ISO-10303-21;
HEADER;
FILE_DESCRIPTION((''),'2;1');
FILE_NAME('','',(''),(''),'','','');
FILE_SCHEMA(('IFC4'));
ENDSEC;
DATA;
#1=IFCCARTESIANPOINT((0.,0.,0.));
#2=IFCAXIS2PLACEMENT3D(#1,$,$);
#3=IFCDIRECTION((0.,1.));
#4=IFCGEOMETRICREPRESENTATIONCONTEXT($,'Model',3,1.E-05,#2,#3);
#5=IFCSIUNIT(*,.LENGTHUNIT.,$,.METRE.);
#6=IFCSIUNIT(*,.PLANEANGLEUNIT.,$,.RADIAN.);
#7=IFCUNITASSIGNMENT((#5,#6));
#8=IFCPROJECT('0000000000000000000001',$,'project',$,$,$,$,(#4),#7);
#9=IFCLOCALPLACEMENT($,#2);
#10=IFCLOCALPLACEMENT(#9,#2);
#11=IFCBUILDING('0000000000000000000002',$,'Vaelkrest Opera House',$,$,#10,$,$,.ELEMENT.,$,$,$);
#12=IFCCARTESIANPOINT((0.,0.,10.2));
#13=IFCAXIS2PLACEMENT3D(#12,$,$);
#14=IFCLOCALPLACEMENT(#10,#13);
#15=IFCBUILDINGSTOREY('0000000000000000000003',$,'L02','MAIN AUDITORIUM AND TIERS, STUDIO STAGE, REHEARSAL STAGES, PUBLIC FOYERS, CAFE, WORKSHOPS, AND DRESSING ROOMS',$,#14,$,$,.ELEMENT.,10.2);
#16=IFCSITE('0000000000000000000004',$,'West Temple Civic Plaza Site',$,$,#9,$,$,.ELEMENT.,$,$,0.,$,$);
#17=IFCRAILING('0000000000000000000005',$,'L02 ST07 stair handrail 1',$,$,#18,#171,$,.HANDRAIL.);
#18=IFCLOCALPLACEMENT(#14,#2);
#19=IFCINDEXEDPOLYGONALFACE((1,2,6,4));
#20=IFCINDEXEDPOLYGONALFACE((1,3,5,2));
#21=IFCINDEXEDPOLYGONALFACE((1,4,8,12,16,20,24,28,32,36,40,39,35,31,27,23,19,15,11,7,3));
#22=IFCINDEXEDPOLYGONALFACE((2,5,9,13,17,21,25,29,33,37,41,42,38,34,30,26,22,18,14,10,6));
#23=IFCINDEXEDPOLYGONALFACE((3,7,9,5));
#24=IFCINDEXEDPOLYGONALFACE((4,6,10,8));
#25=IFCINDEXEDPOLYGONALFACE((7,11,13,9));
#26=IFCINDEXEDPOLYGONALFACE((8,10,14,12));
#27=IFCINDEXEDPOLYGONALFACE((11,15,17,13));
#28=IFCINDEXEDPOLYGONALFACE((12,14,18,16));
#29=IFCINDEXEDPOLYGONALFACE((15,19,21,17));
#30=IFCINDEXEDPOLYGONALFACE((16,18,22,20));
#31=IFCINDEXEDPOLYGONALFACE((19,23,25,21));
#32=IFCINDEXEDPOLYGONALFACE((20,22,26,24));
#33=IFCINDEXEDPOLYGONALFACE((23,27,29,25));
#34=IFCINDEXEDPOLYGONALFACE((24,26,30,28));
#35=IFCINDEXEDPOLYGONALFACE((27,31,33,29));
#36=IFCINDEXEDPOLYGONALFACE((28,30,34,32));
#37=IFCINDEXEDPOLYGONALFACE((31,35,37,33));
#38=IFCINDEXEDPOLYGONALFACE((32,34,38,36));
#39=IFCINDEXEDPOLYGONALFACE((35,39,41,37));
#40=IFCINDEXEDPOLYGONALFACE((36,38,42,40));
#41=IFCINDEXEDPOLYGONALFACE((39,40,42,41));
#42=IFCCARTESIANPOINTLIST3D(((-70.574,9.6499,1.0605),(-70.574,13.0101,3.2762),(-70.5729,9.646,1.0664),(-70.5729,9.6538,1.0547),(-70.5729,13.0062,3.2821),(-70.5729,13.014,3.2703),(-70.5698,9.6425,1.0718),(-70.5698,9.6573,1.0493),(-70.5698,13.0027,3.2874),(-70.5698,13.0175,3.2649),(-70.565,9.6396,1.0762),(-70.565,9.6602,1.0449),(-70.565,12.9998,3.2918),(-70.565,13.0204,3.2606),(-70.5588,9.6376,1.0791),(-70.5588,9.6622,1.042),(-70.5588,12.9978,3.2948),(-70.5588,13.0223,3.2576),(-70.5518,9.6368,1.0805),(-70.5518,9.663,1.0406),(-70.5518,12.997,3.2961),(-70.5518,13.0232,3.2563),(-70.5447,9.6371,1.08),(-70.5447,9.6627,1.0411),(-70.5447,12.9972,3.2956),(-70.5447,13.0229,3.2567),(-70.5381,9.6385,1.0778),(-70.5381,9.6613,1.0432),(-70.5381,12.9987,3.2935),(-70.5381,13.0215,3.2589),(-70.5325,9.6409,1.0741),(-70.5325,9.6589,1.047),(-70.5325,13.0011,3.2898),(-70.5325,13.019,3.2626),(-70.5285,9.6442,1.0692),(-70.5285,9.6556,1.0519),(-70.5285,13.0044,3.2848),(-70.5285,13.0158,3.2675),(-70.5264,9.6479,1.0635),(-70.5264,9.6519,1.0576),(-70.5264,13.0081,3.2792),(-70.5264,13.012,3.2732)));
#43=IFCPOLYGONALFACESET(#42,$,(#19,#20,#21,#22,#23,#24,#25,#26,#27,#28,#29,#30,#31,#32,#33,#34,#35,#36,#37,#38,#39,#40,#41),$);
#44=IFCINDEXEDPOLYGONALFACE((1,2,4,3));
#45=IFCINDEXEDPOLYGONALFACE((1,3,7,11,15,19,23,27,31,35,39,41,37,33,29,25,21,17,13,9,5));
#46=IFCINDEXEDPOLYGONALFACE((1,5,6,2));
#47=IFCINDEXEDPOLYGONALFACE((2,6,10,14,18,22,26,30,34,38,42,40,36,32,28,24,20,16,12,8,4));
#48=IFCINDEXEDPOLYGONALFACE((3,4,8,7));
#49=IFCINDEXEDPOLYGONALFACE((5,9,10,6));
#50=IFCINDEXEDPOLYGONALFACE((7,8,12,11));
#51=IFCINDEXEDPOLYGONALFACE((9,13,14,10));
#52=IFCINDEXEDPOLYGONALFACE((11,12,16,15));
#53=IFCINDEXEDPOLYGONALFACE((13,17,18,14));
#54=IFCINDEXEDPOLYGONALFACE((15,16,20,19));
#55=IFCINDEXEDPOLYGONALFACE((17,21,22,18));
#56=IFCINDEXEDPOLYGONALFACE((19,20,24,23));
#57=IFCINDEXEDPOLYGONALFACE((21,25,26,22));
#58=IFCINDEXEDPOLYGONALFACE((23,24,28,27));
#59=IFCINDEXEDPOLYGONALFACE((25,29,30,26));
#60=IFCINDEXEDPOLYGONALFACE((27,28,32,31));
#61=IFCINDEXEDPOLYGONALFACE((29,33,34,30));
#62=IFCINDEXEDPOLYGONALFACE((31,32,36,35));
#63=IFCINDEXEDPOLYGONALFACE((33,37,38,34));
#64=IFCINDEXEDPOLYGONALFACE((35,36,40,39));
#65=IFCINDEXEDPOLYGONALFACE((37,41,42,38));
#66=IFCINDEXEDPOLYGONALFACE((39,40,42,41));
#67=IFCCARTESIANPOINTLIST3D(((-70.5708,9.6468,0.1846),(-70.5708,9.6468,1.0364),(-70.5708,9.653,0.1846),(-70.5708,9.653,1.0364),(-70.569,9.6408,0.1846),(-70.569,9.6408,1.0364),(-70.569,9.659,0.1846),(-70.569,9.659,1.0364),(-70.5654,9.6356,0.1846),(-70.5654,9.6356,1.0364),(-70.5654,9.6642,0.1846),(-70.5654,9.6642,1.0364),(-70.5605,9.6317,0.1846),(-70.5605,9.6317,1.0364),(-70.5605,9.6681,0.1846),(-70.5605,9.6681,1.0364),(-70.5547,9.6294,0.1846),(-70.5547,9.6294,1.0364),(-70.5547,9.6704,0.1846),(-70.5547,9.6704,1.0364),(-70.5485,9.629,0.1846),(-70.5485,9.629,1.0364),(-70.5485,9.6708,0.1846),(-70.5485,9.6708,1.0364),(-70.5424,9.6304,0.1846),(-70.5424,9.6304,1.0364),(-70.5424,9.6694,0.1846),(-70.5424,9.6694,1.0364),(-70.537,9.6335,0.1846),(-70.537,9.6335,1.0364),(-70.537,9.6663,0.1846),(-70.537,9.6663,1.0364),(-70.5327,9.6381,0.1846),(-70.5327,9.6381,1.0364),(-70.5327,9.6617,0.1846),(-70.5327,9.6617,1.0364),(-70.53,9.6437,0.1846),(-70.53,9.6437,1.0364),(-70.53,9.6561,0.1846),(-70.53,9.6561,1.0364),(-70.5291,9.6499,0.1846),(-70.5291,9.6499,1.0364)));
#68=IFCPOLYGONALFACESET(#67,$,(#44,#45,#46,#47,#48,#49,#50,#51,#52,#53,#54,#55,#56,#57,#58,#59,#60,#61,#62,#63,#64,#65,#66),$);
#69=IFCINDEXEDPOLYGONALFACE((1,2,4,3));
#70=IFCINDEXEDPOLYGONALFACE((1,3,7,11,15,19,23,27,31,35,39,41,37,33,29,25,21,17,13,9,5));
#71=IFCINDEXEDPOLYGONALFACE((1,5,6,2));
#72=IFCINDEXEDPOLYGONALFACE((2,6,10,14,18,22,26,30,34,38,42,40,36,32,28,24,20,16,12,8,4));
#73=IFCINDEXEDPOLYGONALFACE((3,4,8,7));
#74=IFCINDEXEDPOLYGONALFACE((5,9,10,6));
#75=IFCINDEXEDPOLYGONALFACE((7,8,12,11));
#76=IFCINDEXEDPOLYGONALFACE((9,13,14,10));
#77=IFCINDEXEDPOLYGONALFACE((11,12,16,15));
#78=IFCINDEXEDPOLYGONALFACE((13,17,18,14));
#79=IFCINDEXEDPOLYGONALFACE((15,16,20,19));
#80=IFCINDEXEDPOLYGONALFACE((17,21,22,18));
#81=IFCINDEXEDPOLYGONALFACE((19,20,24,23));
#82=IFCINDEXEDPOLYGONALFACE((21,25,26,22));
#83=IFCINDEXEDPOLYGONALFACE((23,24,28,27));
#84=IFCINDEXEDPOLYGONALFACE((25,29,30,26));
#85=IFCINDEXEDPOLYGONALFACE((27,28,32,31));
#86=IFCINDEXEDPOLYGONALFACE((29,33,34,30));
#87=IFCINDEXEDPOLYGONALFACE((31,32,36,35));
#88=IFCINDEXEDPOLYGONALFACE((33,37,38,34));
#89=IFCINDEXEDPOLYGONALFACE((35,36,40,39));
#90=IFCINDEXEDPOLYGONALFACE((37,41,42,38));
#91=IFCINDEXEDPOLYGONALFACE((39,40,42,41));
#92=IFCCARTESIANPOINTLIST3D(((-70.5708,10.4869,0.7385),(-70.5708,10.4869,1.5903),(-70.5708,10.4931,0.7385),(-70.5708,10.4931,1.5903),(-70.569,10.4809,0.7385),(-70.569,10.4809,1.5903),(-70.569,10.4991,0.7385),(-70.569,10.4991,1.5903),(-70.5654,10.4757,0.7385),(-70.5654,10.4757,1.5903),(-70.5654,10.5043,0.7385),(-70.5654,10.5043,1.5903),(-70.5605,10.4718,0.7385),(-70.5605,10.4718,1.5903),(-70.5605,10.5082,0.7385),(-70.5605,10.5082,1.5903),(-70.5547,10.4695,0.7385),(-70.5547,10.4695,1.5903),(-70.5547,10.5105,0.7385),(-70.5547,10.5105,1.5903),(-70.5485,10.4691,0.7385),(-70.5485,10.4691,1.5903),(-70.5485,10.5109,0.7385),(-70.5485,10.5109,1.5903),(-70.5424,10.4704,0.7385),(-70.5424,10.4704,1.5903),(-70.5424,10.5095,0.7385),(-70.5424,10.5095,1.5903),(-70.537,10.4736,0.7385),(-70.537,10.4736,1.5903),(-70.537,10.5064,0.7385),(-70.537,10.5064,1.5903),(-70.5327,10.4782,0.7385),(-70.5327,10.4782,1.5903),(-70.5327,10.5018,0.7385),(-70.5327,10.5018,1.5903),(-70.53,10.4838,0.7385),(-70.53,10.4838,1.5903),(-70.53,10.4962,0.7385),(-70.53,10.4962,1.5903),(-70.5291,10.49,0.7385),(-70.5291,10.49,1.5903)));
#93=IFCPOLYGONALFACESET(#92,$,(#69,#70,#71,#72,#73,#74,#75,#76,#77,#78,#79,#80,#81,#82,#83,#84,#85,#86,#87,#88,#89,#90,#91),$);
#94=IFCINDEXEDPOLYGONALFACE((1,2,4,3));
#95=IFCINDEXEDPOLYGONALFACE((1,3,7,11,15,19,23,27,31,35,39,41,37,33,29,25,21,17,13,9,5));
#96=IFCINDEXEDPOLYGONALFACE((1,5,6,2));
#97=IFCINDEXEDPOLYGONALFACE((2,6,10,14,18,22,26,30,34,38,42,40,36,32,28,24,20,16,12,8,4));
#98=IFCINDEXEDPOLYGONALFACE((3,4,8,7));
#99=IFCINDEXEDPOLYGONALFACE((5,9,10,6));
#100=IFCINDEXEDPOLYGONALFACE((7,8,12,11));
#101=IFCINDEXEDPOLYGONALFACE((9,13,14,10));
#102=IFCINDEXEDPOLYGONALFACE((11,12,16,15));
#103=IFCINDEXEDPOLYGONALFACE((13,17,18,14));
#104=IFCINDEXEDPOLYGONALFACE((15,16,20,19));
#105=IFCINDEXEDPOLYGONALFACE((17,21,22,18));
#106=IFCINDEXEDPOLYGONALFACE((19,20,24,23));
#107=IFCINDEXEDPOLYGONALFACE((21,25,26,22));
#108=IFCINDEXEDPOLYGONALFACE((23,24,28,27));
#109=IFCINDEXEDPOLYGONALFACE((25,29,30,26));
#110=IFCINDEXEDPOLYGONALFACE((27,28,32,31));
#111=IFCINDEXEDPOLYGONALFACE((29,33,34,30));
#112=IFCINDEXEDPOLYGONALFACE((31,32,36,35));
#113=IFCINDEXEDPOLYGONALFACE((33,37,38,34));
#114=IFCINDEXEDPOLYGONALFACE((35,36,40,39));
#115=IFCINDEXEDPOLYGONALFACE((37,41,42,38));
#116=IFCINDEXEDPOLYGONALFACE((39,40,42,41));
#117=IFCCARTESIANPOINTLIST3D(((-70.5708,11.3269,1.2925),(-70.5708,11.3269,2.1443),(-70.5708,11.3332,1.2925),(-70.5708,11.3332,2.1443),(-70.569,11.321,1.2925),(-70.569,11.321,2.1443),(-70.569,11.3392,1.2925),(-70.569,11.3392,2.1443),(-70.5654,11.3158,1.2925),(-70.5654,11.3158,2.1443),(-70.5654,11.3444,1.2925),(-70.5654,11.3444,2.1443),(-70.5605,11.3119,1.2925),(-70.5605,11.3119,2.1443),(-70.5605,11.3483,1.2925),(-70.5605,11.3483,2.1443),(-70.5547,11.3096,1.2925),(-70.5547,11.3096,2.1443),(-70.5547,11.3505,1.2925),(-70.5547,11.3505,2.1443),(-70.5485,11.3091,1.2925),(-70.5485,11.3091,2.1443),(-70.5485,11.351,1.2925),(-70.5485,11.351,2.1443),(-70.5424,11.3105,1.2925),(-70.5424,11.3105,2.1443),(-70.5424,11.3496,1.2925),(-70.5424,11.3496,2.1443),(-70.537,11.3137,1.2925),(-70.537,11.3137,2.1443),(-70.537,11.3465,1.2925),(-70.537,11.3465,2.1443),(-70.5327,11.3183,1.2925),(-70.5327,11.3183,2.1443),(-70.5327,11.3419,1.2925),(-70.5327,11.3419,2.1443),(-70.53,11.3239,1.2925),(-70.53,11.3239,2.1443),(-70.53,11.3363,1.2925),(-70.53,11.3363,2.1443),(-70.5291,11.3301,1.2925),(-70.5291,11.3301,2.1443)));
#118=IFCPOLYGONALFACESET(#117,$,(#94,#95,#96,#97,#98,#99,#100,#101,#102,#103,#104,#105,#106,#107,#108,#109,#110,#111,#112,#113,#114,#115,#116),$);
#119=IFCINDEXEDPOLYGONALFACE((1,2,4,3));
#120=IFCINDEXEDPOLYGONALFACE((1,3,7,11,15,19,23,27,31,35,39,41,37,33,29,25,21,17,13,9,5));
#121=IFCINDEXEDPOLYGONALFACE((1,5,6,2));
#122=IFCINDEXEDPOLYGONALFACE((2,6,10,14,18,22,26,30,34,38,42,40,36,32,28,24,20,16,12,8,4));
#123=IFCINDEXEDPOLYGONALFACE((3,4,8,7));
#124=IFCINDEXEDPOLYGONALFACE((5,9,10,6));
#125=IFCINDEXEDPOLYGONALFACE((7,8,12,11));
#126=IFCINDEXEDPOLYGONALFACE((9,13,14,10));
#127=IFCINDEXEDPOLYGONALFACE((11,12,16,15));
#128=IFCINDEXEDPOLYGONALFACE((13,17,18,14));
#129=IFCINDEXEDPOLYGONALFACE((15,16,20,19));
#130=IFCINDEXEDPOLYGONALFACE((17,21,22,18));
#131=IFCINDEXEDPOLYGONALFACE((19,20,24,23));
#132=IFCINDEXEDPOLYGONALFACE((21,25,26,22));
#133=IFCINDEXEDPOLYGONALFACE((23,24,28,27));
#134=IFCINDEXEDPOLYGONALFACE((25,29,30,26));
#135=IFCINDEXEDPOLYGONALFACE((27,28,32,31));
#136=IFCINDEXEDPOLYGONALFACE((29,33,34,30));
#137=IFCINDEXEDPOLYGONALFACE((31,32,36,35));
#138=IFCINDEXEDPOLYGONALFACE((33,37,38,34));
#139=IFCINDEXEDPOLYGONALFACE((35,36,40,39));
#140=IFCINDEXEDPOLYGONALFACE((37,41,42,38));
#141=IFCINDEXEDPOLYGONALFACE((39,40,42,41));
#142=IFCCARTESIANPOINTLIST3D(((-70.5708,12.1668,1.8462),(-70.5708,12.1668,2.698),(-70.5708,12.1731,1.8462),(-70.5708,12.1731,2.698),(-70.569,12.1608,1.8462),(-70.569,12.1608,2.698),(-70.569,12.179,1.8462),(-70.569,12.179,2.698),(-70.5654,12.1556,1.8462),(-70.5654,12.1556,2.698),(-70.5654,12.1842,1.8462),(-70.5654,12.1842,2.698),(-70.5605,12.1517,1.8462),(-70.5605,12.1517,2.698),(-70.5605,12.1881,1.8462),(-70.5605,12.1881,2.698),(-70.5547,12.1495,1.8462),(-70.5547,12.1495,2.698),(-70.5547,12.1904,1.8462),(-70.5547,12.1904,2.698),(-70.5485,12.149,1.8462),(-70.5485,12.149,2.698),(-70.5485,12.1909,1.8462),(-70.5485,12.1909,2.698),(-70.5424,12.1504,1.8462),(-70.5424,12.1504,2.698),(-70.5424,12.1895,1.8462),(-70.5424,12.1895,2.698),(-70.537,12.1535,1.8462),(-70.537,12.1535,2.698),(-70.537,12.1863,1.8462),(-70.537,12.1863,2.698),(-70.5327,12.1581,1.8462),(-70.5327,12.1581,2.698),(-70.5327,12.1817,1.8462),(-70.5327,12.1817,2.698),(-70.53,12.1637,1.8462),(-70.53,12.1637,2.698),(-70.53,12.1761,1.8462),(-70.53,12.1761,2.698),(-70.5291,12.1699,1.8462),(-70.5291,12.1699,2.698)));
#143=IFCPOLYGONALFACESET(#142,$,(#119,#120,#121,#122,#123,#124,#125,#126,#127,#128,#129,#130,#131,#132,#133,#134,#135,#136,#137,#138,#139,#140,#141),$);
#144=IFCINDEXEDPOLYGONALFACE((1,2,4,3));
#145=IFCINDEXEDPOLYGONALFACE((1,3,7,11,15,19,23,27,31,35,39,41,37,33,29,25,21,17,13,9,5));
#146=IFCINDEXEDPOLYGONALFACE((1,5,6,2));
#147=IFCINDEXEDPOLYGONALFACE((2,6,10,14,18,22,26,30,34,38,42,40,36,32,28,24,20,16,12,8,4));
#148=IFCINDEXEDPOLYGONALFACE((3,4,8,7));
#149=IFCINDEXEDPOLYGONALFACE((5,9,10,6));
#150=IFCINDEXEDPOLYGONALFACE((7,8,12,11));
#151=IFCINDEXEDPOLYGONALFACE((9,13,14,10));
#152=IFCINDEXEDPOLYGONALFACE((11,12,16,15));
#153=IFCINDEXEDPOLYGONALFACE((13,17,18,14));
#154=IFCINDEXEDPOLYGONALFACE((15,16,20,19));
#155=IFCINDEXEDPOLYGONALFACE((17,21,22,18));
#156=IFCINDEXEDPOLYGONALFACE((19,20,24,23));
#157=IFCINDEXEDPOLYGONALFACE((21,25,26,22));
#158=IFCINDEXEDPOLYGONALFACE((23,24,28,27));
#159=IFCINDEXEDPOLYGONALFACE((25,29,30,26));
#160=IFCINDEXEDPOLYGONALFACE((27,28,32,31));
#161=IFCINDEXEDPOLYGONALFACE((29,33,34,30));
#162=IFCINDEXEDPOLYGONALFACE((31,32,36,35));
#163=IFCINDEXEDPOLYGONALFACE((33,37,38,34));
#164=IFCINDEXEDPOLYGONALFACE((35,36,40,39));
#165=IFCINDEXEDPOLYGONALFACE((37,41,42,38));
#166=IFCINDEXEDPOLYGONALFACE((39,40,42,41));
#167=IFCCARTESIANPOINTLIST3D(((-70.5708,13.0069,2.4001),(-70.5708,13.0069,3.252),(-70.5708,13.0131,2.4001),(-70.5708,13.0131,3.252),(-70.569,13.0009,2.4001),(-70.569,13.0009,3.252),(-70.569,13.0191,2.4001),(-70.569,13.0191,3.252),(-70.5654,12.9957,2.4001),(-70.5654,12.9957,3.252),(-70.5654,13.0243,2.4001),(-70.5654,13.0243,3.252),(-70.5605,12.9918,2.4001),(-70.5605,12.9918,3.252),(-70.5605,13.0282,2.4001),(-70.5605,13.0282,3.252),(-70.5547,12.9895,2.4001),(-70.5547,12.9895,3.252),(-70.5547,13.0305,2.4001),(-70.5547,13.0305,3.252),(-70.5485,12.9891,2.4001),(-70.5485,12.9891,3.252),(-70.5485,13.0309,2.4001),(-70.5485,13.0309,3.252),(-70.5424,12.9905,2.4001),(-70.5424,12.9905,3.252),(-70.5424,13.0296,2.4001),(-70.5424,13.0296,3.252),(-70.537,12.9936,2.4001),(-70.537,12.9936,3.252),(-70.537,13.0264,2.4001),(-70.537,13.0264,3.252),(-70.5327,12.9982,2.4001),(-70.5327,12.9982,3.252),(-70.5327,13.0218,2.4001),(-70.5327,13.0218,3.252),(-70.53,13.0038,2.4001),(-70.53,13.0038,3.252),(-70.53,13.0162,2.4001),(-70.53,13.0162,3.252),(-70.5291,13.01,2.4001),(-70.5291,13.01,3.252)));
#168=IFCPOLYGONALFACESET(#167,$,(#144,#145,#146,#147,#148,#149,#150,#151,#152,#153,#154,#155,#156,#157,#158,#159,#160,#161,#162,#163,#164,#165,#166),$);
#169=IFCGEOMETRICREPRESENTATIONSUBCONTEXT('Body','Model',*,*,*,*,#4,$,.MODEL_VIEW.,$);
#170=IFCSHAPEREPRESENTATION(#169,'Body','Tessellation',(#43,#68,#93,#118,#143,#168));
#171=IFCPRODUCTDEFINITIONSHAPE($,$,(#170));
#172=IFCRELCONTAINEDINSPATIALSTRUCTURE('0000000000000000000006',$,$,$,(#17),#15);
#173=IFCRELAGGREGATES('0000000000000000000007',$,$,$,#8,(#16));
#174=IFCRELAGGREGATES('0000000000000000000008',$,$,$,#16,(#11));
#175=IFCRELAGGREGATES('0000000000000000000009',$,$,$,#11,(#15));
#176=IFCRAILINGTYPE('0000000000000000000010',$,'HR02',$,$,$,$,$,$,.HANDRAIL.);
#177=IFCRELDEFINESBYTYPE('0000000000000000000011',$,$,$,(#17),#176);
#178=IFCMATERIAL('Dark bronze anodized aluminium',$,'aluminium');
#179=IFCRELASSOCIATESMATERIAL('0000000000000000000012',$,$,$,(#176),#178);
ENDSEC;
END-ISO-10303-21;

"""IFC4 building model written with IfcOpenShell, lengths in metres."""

from ifc_helpers import new_model, si_unit, direction, frame, origin, origin_2d, place, context, subcontext, project, spatial, circle, extrude, material, type_object, element, save


model = new_model("IFC4")

# Units and contexts
model_context = context("Model", 3, precision=1e-05, world=origin(), true_north=direction((0.0, 1.0)))
body_context = subcontext(model_context, "Body", "Model", "MODEL_VIEW")
ifc_project = project(units=[si_unit("LENGTHUNIT", "METRE"), si_unit("PLANEANGLEUNIT", "RADIAN")], contexts=[model_context])

# Site, building, storey
site_placement = place(None, origin())
site = spatial("IfcSite", under=ifc_project, at=site_placement, Name="West Temple Civic Plaza Site", CompositionType="ELEMENT", RefElevation=0.0)
building_placement = place(site_placement, origin())
building = spatial("IfcBuilding", under=site, at=building_placement, Name="Vaelkrest Opera House", CompositionType="ELEMENT")
storey_placement = place(building_placement, frame((0.0, 0.0, 10.2)))
storey = spatial("IfcBuildingStorey", under=building, at=storey_placement, Name="L02", Description="MAIN AUDITORIUM AND TIERS, STUDIO STAGE, REHEARSAL STAGES, PUBLIC FOYERS, CAFE, WORKSHOPS, AND DRESSING ROOMS", CompositionType="ELEMENT", Elevation=10.2)

# Shared definitions
ifc_material_1 = material(Name="Dark bronze anodized aluminium", Category="aluminium")

# Railing
railing_type_1 = type_object("IfcRailingType", Name="HR02", PredefinedType="HANDRAIL", material=ifc_material_1)
railing_1_placement = place(storey_placement, frame((-70.55, 9.6499, 0.1846)))
element("IfcRailing", 1, at=railing_1_placement, inside=storey, type_object=railing_type_1, Name="L02 ST07 stair handrail 1", PredefinedType="HANDRAIL", context=body_context, shape_type="SweptSolid", body=[
    extrude(circle(Radius=0.0239, at=origin_2d()), frame((0.0, 0.0, 0.876), z_axis=(0.0, 0.834849, 0.55048), x_axis=(-1.0, 0.0, 0.0)), (0.0, 0.0, 1.0), 4.0249),
    extrude(circle(Radius=0.021, at=origin_2d()), origin(), (0.0, 0.0, 1.0), 0.8518),
    extrude(circle(Radius=0.021, at=origin_2d()), frame((0.0, 0.8401, 0.554)), (0.0, 0.0, 1.0), 0.8518),
    extrude(circle(Radius=0.021, at=origin_2d()), frame((0.0, 1.6802, 1.1079)), (0.0, 0.0, 1.0), 0.8518),
    extrude(circle(Radius=0.021, at=origin_2d()), frame((0.0, 2.52, 1.6616)), (0.0, 0.0, 1.0), 0.8518),
    extrude(circle(Radius=0.021, at=origin_2d()), frame((0.0, 3.3601, 2.2156)), (0.0, 0.0, 1.0), 0.8518),
])

save(model, "model.ifc")
